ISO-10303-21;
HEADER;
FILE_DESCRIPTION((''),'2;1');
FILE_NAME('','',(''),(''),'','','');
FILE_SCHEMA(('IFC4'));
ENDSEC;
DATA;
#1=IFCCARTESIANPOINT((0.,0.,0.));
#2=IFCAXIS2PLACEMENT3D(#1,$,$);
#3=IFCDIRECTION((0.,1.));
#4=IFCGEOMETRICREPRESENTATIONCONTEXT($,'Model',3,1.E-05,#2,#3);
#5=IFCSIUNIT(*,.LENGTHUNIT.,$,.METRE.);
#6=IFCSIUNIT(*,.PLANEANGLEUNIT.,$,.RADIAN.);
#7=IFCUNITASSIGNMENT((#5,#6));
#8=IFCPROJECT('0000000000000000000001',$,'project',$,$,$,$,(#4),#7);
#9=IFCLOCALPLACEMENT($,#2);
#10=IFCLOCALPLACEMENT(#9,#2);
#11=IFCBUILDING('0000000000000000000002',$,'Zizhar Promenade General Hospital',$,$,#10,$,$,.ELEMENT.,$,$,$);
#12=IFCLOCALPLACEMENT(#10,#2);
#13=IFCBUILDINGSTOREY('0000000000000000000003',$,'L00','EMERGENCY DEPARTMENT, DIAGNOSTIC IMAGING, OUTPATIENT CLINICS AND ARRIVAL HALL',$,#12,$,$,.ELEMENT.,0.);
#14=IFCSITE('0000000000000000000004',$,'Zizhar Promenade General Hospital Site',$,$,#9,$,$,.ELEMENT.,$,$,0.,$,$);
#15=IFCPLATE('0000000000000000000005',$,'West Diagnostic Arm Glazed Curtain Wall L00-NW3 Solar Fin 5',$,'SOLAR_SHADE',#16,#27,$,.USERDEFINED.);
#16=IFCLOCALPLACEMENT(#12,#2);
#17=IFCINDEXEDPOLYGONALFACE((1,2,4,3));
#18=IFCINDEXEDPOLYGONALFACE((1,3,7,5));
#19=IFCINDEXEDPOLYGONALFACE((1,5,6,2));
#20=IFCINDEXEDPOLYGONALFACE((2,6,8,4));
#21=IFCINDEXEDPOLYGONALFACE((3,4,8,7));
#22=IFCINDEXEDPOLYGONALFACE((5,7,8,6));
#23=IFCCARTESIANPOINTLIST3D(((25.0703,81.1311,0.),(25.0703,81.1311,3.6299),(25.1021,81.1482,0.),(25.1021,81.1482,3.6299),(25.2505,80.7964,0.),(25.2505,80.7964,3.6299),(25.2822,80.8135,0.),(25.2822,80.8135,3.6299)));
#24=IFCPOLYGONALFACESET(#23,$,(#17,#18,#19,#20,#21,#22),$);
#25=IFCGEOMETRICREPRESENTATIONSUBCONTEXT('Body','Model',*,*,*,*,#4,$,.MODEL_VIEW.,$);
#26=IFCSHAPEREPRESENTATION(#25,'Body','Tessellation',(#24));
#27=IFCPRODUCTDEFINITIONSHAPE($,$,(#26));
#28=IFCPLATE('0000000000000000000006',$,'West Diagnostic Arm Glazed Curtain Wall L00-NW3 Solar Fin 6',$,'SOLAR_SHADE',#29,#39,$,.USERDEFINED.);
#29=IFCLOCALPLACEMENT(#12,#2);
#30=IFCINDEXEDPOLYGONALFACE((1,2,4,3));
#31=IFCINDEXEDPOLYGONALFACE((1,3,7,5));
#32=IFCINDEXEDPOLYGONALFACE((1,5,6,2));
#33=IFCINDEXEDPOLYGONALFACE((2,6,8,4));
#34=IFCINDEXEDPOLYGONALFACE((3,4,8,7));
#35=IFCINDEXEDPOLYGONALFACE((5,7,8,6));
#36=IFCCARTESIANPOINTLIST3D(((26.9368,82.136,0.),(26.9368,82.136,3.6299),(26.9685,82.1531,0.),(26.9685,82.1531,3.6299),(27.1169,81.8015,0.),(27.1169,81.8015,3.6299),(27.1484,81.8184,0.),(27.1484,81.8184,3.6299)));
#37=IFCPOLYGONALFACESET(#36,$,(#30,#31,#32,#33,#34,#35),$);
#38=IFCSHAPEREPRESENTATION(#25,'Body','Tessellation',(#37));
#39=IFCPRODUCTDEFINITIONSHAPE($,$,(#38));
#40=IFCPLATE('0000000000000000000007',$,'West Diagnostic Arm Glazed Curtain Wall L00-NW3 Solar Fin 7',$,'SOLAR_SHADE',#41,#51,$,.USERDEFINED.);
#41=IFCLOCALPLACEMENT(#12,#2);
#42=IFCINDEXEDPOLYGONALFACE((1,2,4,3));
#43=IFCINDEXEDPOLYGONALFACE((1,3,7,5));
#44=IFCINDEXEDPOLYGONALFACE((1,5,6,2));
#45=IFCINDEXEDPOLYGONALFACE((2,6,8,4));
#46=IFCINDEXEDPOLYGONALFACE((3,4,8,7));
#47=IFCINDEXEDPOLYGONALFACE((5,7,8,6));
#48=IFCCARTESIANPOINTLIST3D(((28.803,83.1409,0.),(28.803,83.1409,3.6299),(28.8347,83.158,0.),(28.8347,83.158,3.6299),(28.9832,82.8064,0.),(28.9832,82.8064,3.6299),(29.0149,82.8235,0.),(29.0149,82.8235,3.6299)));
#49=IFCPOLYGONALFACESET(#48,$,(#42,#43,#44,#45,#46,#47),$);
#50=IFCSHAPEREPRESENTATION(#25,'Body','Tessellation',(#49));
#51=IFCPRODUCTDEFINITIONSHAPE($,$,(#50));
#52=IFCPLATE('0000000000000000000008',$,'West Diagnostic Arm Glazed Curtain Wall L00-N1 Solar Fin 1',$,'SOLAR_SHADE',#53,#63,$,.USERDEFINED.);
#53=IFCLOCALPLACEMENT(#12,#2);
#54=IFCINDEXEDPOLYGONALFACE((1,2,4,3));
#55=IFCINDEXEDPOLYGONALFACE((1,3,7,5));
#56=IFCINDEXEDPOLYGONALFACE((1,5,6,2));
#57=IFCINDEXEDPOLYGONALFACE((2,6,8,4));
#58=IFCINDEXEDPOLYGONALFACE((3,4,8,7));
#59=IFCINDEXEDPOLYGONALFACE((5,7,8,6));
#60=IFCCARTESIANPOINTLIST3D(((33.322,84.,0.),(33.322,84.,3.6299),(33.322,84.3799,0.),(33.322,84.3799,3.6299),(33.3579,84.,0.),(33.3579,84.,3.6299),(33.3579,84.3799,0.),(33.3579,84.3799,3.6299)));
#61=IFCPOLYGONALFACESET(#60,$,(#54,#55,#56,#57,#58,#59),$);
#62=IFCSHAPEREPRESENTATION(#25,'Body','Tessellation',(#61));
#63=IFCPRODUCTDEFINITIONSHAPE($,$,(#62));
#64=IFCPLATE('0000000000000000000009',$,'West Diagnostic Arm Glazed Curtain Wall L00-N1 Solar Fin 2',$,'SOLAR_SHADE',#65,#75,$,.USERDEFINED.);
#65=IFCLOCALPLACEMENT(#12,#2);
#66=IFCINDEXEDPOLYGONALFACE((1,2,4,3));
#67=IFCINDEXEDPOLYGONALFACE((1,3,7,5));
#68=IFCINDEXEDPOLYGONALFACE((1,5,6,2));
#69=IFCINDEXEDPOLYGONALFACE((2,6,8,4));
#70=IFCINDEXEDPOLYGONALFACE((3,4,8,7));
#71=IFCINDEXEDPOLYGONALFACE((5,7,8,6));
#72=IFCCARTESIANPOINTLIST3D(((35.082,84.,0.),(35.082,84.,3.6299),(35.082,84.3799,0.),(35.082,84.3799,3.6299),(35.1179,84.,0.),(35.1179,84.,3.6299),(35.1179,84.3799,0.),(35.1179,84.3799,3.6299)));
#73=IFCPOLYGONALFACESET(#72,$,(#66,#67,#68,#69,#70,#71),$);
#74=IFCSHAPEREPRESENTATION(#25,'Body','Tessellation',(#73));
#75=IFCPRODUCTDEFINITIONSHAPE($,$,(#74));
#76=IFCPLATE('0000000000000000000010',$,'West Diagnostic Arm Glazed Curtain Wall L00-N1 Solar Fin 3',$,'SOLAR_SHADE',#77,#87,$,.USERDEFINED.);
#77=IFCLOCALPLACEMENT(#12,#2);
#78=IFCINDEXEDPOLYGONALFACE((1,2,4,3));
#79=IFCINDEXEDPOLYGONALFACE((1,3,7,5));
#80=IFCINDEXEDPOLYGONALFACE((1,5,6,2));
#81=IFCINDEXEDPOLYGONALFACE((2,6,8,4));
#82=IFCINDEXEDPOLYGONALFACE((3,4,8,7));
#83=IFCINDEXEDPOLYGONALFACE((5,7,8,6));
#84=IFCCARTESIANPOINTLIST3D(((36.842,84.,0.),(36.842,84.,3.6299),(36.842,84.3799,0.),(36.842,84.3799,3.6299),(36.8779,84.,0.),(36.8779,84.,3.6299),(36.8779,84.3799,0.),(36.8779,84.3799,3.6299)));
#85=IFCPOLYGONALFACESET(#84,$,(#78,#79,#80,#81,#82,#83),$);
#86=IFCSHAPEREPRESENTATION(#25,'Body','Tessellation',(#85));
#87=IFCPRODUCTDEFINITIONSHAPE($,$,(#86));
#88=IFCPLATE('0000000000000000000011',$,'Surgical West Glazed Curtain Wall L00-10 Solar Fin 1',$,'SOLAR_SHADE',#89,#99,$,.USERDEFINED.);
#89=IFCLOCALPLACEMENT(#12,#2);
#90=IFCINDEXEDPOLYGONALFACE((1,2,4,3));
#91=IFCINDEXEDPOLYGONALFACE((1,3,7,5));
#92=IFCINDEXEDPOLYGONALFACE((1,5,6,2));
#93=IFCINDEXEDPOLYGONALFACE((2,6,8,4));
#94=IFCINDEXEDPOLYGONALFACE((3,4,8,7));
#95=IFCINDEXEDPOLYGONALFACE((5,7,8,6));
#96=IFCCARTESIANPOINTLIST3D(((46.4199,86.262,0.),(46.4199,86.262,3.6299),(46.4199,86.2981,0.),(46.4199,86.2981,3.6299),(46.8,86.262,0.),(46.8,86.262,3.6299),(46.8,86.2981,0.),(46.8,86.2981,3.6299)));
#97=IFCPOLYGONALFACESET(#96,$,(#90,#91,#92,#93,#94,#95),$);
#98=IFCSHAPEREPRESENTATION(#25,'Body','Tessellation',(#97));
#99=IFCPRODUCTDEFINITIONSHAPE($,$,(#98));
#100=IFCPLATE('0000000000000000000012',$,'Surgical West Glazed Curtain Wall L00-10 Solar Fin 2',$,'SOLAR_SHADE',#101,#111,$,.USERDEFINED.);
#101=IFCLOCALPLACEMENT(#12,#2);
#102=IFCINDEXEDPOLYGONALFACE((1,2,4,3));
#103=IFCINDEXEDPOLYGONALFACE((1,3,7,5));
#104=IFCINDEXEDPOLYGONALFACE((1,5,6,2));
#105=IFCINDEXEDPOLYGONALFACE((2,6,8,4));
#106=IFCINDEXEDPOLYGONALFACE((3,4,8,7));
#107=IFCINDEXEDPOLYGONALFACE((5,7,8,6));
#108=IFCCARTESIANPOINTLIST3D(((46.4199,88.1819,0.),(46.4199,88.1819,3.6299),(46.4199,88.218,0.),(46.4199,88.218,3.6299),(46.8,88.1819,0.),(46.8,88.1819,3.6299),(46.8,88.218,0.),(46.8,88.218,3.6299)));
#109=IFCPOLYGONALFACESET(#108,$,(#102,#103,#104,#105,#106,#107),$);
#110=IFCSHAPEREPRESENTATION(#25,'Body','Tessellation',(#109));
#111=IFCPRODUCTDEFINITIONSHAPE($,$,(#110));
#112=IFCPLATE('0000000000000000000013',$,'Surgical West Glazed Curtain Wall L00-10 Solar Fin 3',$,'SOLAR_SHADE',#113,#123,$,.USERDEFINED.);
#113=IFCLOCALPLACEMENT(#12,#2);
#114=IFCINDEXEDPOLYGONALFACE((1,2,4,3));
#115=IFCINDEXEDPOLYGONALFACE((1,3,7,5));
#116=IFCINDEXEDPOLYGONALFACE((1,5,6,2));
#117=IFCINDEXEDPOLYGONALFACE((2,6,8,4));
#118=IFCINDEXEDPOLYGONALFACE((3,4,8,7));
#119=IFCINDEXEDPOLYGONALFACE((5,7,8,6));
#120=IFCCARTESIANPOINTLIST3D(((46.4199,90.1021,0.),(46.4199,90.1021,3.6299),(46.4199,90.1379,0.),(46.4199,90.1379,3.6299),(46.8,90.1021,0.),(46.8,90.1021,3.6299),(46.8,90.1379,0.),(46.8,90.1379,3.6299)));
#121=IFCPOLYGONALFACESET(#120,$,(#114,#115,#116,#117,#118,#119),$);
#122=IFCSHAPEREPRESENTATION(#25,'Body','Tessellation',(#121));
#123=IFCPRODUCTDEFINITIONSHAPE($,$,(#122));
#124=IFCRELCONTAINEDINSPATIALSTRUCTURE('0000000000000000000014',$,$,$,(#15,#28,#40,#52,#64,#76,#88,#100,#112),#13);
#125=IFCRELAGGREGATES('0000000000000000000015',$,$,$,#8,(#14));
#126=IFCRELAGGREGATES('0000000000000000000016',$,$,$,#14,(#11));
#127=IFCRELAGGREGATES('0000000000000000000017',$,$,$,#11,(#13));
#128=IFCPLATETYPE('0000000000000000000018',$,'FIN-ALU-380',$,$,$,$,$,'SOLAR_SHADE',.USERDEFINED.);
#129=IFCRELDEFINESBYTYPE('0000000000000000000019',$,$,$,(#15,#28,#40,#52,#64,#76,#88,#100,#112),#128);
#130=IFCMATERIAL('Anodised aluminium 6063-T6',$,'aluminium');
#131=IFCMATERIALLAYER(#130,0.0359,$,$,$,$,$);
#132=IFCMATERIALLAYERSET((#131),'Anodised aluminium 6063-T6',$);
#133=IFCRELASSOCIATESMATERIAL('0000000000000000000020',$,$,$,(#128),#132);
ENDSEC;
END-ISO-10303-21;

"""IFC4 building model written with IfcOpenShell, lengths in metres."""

from ifc_helpers import new_model, si_unit, direction, origin, place, context, subcontext, project, spatial, polyline, outline, extrude, material, layer, layer_set, type_object, element, save


model = new_model("IFC4")

# Units and contexts
model_context = context("Model", 3, precision=1e-05, world=origin(), true_north=direction((0.0, 1.0)))
body_context = subcontext(model_context, "Body", "Model", "MODEL_VIEW")
ifc_project = project(units=[si_unit("LENGTHUNIT", "METRE"), si_unit("PLANEANGLEUNIT", "RADIAN")], contexts=[model_context])

# Site, building, storey
site_placement = place(None, origin())
site = spatial("IfcSite", under=ifc_project, at=site_placement, Name="Zizhar Promenade General Hospital Site", CompositionType="ELEMENT", RefElevation=0.0)
building_placement = place(site_placement, origin())
building = spatial("IfcBuilding", under=site, at=building_placement, Name="Zizhar Promenade General Hospital", CompositionType="ELEMENT")
storey_placement = place(building_placement, origin())
storey = spatial("IfcBuildingStorey", under=building, at=storey_placement, Name="L00", Description="EMERGENCY DEPARTMENT, DIAGNOSTIC IMAGING, OUTPATIENT CLINICS AND ARRIVAL HALL", CompositionType="ELEMENT", Elevation=0.0)

# Plates
ifc_material_1 = material(Name="Anodised aluminium 6063-T6", Category="aluminium")
ifc_layer_1 = layer(ifc_material_1, 0.0359)
ifc_layer_set_1 = layer_set([ifc_layer_1], Name="Anodised aluminium 6063-T6")
plate_type_1 = type_object("IfcPlateType", Name="FIN-ALU-380", ElementType="SOLAR_SHADE", PredefinedType="USERDEFINED", material=ifc_layer_set_1)
plate_1_placement = place(storey_placement, origin())
element("IfcPlate", 1, at=plate_1_placement, inside=storey, type_object=plate_type_1, Name="West Diagnostic Arm Glazed Curtain Wall L00-NW3 Solar Fin 5", ObjectType="SOLAR_SHADE", PredefinedType="USERDEFINED", context=body_context, shape_type="SweptSolid", body=[
    extrude(outline(polyline([(25.2505, 80.7964), (25.2822, 80.8135), (25.1021, 81.1482), (25.0703, 81.1311), (25.2505, 80.7964)])), origin(), (0.0, 0.0, 1.0), 3.6299),
])
plate_2_placement = place(storey_placement, origin())
element("IfcPlate", 2, at=plate_2_placement, inside=storey, type_object=plate_type_1, Name="West Diagnostic Arm Glazed Curtain Wall L00-NW3 Solar Fin 6", ObjectType="SOLAR_SHADE", PredefinedType="USERDEFINED", context=body_context, shape_type="SweptSolid", body=[
    extrude(outline(polyline([(27.1169, 81.8015), (27.1484, 81.8184), (26.9685, 82.1531), (26.9368, 82.136), (27.1169, 81.8015)])), origin(), (0.0, 0.0, 1.0), 3.6299),
])
plate_3_placement = place(storey_placement, origin())
element("IfcPlate", 3, at=plate_3_placement, inside=storey, type_object=plate_type_1, Name="West Diagnostic Arm Glazed Curtain Wall L00-NW3 Solar Fin 7", ObjectType="SOLAR_SHADE", PredefinedType="USERDEFINED", context=body_context, shape_type="SweptSolid", body=[
    extrude(outline(polyline([(28.9832, 82.8064), (29.0149, 82.8235), (28.8347, 83.158), (28.803, 83.1409), (28.9832, 82.8064)])), origin(), (0.0, 0.0, 1.0), 3.6299),
])
plate_4_placement = place(storey_placement, origin())
element("IfcPlate", 4, at=plate_4_placement, inside=storey, type_object=plate_type_1, Name="West Diagnostic Arm Glazed Curtain Wall L00-N1 Solar Fin 1", ObjectType="SOLAR_SHADE", PredefinedType="USERDEFINED", context=body_context, shape_type="SweptSolid", body=[
    extrude(outline(polyline([(33.322, 84.0), (33.3579, 84.0), (33.3579, 84.3799), (33.322, 84.3799), (33.322, 84.0)])), origin(), (0.0, 0.0, 1.0), 3.6299),
])
plate_5_placement = place(storey_placement, origin())
element("IfcPlate", 5, at=plate_5_placement, inside=storey, type_object=plate_type_1, Name="West Diagnostic Arm Glazed Curtain Wall L00-N1 Solar Fin 2", ObjectType="SOLAR_SHADE", PredefinedType="USERDEFINED", context=body_context, shape_type="SweptSolid", body=[
    extrude(outline(polyline([(35.082, 84.0), (35.1179, 84.0), (35.1179, 84.3799), (35.082, 84.3799), (35.082, 84.0)])), origin(), (0.0, 0.0, 1.0), 3.6299),
])
plate_6_placement = place(storey_placement, origin())
element("IfcPlate", 6, at=plate_6_placement, inside=storey, type_object=plate_type_1, Name="West Diagnostic Arm Glazed Curtain Wall L00-N1 Solar Fin 3", ObjectType="SOLAR_SHADE", PredefinedType="USERDEFINED", context=body_context, shape_type="SweptSolid", body=[
    extrude(outline(polyline([(36.842, 84.0), (36.8779, 84.0), (36.8779, 84.3799), (36.842, 84.3799), (36.842, 84.0)])), origin(), (0.0, 0.0, 1.0), 3.6299),
])
plate_7_placement = place(storey_placement, origin())
element("IfcPlate", 7, at=plate_7_placement, inside=storey, type_object=plate_type_1, Name="Surgical West Glazed Curtain Wall L00-10 Solar Fin 1", ObjectType="SOLAR_SHADE", PredefinedType="USERDEFINED", context=body_context, shape_type="SweptSolid", body=[
    extrude(outline(polyline([(46.8, 86.262), (46.8, 86.2981), (46.4199, 86.2981), (46.4199, 86.262), (46.8, 86.262)])), origin(), (0.0, 0.0, 1.0), 3.6299),
])
plate_8_placement = place(storey_placement, origin())
element("IfcPlate", 8, at=plate_8_placement, inside=storey, type_object=plate_type_1, Name="Surgical West Glazed Curtain Wall L00-10 Solar Fin 2", ObjectType="SOLAR_SHADE", PredefinedType="USERDEFINED", context=body_context, shape_type="SweptSolid", body=[
    extrude(outline(polyline([(46.8, 88.1819), (46.8, 88.218), (46.4199, 88.218), (46.4199, 88.1819), (46.8, 88.1819)])), origin(), (0.0, 0.0, 1.0), 3.6299),
])
plate_9_placement = place(storey_placement, origin())
element("IfcPlate", 9, at=plate_9_placement, inside=storey, type_object=plate_type_1, Name="Surgical West Glazed Curtain Wall L00-10 Solar Fin 3", ObjectType="SOLAR_SHADE", PredefinedType="USERDEFINED", context=body_context, shape_type="SweptSolid", body=[
    extrude(outline(polyline([(46.8, 90.1021), (46.8, 90.1379), (46.4199, 90.1379), (46.4199, 90.1021), (46.8, 90.1021)])), origin(), (0.0, 0.0, 1.0), 3.6299),
])

save(model, "model.ifc")
